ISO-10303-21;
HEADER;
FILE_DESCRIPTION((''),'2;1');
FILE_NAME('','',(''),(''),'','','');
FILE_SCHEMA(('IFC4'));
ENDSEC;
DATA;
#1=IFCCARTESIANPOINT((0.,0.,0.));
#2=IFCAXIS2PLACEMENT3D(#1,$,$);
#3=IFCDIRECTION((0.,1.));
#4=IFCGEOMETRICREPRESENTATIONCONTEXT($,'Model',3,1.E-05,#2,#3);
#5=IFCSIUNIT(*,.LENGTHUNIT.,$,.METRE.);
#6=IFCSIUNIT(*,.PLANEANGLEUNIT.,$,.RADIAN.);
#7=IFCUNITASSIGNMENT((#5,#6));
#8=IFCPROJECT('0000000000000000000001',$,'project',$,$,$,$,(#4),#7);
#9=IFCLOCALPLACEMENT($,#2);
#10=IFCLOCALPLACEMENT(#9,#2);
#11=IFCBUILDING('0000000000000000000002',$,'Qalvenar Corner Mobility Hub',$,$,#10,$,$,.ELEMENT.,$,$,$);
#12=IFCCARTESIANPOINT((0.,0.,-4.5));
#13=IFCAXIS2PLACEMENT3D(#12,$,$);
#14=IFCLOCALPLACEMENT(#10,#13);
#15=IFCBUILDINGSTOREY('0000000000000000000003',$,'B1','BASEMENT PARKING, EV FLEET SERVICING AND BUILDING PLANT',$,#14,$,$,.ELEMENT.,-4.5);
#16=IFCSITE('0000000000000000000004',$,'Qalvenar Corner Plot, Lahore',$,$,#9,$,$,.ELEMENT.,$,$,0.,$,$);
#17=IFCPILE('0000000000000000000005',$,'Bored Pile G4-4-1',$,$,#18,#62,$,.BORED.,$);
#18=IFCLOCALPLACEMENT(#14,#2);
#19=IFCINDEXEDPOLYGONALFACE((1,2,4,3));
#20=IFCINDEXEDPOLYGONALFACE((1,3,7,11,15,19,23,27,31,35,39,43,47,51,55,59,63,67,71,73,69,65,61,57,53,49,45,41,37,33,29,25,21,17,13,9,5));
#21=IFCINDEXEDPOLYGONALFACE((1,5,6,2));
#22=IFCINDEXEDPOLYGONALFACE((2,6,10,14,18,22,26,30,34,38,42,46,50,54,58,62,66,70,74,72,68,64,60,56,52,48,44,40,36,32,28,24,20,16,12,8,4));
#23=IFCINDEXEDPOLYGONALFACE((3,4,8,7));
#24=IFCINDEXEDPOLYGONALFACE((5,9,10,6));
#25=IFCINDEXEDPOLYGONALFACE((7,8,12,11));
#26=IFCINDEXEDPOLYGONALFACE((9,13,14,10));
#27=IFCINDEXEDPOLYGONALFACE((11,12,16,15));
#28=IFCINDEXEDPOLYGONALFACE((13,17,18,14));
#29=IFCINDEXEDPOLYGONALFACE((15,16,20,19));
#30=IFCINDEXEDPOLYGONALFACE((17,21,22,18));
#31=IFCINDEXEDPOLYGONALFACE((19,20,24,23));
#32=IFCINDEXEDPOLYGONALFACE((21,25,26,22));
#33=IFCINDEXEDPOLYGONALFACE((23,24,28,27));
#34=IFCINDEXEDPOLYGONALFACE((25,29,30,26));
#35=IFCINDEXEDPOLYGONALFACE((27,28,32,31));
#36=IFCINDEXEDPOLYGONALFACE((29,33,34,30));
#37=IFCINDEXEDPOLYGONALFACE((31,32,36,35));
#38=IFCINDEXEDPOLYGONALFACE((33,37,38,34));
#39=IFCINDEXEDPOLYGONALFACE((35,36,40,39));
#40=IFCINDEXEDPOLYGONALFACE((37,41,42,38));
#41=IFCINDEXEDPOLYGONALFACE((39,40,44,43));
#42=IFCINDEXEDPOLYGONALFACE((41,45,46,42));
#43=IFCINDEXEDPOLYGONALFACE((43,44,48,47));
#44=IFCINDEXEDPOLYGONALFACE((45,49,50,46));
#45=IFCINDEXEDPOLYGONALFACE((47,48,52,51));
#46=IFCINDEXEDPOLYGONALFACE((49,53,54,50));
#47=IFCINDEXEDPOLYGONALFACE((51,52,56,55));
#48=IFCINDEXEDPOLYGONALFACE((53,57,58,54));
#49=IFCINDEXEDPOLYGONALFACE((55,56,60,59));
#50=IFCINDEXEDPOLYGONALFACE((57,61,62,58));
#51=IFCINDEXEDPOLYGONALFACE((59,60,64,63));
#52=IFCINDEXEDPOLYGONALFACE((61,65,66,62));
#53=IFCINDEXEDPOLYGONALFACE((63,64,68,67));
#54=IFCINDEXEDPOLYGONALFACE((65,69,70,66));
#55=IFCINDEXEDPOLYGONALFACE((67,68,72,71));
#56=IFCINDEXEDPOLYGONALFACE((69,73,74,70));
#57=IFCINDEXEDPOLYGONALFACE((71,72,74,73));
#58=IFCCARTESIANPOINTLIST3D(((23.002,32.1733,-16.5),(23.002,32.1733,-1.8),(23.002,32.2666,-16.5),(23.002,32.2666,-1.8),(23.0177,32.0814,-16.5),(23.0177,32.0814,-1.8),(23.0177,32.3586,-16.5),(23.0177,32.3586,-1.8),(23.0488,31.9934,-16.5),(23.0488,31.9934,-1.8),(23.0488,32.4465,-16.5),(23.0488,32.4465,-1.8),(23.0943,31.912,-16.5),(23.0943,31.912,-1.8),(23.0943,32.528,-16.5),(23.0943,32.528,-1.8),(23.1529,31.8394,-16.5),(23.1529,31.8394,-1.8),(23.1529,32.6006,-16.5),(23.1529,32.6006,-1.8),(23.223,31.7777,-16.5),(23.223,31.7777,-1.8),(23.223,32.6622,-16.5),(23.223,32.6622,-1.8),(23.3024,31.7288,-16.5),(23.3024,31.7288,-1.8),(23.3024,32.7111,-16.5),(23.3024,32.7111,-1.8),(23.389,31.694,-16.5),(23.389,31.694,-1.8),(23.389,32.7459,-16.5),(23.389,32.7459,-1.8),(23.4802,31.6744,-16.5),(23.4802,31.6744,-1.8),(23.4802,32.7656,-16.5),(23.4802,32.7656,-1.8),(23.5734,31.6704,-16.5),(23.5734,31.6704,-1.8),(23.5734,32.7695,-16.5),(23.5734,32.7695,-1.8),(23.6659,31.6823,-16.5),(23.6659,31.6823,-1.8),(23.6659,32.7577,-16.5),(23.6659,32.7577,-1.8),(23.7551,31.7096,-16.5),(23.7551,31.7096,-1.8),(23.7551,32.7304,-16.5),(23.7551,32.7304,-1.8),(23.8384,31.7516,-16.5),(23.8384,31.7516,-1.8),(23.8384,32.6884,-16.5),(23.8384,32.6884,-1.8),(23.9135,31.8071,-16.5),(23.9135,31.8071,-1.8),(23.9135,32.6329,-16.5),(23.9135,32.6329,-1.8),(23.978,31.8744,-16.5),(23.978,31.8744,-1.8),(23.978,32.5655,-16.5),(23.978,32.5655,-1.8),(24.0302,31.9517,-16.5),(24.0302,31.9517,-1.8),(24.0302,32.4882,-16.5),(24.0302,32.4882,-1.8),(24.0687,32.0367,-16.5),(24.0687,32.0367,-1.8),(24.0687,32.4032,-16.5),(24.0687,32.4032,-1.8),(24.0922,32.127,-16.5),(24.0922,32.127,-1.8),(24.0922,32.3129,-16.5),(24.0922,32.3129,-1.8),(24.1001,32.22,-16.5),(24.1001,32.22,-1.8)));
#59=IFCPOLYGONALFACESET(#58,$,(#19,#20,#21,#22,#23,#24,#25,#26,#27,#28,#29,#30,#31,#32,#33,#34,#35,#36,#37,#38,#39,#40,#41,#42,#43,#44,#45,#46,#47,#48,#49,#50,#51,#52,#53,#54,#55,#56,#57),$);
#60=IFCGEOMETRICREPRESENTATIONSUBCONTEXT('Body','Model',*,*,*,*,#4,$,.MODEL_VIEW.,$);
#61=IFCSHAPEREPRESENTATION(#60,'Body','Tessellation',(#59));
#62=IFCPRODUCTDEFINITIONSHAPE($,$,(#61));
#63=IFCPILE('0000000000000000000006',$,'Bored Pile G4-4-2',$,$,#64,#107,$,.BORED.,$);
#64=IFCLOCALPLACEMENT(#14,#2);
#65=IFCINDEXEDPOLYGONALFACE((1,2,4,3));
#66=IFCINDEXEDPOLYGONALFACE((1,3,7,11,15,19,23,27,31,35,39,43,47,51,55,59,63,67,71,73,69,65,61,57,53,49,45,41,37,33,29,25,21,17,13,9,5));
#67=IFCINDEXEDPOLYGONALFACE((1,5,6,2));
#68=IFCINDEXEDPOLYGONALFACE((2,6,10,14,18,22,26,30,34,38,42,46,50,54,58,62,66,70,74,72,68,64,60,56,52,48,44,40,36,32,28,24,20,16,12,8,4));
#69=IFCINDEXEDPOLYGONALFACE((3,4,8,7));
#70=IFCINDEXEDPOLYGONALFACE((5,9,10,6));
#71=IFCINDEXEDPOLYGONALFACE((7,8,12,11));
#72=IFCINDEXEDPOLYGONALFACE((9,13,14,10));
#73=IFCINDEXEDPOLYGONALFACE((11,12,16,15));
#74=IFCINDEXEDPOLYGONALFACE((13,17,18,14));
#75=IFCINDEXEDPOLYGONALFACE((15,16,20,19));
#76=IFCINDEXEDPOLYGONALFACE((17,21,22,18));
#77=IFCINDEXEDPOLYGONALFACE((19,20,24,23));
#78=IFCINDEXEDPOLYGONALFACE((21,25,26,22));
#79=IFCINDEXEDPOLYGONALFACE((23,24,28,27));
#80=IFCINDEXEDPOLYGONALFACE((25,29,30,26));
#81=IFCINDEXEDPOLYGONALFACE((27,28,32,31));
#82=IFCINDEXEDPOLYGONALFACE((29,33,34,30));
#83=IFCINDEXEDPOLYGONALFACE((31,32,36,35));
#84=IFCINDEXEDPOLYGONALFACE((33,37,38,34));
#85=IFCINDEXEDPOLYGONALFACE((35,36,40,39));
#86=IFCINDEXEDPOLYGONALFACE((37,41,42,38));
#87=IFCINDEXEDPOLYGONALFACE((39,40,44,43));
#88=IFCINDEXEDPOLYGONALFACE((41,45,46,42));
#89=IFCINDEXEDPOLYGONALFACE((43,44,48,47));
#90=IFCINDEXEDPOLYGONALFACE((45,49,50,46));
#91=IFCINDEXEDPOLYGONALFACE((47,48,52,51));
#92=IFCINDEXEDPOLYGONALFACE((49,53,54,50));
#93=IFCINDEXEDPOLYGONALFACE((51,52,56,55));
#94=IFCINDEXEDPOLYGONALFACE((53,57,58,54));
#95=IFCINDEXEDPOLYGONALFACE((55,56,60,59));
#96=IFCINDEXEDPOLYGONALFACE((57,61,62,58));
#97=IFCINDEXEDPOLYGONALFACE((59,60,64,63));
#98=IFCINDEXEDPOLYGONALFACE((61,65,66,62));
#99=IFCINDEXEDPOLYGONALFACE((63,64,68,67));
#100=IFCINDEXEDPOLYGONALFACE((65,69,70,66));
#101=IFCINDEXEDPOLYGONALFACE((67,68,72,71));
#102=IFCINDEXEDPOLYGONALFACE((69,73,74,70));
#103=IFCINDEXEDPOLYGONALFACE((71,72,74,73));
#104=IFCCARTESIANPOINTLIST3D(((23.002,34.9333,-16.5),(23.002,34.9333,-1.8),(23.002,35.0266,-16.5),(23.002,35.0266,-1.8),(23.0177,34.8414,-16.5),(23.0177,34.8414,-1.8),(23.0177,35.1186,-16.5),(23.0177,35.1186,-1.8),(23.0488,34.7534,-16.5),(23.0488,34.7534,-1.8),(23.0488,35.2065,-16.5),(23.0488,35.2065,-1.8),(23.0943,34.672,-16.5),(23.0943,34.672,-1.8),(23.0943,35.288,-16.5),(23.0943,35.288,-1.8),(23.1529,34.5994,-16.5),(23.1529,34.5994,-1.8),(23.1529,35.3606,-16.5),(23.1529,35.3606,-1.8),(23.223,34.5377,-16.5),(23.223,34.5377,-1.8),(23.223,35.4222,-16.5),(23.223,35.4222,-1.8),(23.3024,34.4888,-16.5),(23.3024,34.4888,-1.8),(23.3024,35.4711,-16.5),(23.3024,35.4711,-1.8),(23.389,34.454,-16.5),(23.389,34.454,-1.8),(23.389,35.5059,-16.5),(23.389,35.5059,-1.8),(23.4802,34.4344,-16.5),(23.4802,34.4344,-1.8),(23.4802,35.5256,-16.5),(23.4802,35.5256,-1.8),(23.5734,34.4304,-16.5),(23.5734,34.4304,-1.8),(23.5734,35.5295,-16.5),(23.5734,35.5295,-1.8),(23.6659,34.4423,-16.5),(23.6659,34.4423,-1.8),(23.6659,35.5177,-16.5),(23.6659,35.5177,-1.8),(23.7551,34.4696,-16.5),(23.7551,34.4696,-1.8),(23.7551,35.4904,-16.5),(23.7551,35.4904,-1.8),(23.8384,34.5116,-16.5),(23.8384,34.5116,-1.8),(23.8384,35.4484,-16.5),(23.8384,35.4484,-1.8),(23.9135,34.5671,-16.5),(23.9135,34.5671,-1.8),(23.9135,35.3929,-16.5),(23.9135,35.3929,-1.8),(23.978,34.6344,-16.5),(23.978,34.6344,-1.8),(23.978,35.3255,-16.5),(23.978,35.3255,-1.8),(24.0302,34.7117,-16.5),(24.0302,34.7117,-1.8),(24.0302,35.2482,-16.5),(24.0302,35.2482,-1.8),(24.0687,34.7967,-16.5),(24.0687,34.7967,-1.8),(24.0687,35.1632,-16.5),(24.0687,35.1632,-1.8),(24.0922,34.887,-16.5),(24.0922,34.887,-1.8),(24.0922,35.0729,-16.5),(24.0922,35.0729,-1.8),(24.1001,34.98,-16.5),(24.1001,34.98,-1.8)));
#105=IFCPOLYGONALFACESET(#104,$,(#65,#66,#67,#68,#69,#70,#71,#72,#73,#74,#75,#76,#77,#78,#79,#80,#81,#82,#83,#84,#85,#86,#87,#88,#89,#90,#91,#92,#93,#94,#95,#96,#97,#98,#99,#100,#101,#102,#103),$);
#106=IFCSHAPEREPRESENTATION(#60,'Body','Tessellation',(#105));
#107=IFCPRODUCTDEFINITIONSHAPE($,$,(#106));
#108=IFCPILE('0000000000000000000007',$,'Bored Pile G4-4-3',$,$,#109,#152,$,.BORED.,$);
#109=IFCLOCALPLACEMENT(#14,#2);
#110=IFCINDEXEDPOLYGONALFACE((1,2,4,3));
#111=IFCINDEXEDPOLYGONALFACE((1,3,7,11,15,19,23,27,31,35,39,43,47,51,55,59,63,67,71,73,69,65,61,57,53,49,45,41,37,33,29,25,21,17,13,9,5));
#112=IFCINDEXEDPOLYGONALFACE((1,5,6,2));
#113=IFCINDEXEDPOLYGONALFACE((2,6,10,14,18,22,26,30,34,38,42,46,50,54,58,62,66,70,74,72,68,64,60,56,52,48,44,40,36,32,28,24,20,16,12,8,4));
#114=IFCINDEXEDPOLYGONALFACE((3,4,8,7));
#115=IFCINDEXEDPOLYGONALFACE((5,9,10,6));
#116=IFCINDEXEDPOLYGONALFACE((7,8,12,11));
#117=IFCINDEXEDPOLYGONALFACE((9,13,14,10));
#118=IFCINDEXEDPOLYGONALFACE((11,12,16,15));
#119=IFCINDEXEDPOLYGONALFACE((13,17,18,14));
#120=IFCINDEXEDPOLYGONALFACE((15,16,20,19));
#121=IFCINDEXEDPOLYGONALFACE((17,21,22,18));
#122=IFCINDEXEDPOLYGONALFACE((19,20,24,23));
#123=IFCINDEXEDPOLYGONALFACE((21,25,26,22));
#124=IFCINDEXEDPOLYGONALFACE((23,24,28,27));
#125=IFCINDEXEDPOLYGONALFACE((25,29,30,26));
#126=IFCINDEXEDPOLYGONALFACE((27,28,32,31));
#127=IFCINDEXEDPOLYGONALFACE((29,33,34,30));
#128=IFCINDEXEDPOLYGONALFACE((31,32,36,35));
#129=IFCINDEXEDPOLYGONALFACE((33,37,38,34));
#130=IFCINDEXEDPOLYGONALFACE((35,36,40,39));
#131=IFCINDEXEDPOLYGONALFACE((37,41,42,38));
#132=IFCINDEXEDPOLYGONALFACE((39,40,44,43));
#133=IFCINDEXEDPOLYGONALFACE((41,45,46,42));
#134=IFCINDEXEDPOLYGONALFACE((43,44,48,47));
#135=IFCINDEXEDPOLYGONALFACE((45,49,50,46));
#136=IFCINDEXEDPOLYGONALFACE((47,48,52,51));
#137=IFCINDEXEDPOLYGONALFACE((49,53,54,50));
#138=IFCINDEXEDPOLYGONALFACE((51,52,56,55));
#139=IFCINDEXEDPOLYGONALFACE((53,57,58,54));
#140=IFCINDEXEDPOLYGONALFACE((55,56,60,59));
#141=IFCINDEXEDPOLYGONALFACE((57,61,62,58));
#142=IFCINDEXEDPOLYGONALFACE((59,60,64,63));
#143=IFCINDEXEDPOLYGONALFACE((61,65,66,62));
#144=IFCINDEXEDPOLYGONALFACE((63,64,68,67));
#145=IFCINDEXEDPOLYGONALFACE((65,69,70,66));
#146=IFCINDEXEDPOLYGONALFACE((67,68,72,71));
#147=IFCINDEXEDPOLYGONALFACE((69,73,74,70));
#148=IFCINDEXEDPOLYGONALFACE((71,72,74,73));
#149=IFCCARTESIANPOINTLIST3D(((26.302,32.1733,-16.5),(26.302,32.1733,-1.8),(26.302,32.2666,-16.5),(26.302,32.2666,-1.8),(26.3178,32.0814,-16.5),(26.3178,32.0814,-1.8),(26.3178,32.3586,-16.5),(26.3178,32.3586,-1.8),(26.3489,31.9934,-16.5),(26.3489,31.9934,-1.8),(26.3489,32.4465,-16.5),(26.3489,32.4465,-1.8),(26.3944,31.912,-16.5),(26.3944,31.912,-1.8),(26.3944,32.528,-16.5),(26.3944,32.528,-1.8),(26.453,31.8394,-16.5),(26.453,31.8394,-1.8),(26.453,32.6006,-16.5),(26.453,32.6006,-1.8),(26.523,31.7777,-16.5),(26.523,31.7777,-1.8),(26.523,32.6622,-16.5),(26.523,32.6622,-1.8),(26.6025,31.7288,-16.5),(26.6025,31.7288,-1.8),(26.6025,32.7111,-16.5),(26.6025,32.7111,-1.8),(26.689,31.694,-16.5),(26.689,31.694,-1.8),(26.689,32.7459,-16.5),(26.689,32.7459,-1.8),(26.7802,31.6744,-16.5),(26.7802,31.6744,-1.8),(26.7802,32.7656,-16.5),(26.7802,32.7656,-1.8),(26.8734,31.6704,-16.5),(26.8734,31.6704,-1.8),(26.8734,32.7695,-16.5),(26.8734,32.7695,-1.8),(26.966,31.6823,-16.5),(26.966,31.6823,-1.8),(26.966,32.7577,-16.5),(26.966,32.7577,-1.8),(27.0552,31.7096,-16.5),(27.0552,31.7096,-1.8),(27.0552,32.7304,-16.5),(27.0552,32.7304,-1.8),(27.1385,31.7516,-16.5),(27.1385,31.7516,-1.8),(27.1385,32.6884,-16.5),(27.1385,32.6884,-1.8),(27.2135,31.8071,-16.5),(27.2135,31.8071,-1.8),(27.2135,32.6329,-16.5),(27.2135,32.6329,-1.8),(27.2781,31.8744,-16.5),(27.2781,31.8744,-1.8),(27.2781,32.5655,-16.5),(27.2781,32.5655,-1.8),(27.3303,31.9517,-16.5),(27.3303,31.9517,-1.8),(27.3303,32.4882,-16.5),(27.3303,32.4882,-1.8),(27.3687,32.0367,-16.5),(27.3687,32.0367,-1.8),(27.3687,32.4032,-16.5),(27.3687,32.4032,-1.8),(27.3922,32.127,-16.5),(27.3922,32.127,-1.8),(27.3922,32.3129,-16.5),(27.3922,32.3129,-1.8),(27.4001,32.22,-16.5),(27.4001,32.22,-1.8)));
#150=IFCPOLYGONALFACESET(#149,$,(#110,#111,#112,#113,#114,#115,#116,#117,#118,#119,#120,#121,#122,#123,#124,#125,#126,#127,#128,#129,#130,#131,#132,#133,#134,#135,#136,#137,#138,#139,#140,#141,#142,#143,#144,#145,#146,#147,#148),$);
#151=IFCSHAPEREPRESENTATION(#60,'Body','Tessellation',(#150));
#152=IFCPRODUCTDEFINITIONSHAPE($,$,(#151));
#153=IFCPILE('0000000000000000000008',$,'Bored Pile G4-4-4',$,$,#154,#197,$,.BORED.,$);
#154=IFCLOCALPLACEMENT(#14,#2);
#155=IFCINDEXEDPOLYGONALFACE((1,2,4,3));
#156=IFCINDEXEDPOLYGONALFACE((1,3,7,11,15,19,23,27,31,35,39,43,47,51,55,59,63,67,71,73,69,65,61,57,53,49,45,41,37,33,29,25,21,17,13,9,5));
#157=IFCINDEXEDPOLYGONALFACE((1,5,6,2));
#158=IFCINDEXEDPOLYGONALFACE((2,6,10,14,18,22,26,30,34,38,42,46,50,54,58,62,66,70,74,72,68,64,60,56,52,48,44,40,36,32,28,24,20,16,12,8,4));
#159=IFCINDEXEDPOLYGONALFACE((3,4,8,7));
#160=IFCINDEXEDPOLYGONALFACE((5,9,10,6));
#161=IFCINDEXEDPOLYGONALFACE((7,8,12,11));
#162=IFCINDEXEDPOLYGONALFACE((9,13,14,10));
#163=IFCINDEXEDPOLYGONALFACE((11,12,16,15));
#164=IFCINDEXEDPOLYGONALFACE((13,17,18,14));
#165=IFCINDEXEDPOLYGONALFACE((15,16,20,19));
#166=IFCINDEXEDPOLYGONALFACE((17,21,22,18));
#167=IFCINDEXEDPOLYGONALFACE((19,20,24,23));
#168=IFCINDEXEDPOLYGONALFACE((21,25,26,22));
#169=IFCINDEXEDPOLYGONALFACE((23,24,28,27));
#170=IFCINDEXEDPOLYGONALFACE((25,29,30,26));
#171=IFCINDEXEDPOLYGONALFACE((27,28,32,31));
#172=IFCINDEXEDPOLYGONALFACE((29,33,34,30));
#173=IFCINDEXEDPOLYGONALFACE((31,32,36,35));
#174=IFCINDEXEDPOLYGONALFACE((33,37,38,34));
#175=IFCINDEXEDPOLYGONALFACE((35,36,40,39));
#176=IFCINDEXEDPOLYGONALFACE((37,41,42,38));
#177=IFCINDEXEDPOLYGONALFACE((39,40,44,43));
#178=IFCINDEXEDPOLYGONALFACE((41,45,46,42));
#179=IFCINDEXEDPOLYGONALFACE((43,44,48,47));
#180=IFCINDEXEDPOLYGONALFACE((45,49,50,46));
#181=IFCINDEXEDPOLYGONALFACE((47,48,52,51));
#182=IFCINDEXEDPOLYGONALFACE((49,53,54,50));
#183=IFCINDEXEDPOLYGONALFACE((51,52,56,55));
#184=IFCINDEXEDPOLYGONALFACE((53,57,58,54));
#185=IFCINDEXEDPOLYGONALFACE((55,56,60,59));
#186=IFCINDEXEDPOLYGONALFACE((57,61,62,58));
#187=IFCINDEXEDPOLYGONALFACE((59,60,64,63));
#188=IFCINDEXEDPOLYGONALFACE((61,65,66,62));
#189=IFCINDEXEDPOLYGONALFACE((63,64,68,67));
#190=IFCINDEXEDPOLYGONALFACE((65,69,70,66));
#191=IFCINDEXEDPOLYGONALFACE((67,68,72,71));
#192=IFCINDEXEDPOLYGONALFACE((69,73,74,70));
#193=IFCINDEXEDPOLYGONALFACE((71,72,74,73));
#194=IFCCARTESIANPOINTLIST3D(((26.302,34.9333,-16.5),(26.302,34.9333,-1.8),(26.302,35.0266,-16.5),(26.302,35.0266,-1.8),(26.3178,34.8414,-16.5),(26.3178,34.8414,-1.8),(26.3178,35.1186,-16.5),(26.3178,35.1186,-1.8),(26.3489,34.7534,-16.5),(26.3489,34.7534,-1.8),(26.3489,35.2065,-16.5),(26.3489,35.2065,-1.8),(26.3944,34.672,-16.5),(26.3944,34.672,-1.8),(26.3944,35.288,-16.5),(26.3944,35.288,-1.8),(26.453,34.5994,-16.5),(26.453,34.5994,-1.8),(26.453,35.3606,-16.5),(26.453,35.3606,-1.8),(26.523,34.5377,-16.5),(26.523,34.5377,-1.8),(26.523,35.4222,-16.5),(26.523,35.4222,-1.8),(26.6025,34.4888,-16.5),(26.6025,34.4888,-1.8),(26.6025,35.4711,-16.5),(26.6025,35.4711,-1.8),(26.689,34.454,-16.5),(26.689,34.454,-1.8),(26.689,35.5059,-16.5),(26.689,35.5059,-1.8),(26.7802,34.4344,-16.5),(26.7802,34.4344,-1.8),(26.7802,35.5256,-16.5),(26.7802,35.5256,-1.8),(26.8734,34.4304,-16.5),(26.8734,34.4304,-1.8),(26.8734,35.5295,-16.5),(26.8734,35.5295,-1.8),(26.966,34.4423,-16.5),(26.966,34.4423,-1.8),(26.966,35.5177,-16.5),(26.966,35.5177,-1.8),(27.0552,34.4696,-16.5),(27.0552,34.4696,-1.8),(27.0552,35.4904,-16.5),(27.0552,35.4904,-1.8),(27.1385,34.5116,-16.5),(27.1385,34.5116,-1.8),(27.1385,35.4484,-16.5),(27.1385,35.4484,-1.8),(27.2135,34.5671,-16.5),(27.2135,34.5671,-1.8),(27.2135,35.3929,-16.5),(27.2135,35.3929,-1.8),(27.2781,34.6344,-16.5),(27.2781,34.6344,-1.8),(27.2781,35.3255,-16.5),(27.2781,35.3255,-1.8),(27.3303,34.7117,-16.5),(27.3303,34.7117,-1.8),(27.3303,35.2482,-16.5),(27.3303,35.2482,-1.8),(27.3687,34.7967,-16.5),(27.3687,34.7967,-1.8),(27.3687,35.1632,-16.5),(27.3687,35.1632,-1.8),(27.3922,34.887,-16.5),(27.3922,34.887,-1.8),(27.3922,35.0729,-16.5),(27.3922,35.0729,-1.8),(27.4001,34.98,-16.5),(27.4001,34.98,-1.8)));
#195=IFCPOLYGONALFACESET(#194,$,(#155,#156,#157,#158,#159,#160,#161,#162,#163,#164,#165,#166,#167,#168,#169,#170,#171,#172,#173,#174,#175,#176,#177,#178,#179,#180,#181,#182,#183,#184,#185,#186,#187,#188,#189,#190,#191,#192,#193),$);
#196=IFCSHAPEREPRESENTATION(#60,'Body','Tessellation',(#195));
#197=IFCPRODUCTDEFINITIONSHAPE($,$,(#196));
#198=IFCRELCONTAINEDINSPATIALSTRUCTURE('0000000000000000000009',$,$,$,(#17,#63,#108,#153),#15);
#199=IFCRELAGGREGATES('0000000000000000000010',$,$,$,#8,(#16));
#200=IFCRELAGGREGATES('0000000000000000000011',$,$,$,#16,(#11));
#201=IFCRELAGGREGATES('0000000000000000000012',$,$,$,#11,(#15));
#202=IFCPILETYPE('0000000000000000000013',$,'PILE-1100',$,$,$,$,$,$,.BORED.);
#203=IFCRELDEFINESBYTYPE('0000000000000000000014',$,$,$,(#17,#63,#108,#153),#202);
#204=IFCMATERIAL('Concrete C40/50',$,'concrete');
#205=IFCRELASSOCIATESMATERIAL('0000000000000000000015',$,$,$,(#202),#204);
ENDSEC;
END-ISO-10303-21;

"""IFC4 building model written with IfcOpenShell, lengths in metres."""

from ifc_helpers import new_model, si_unit, direction, frame, origin, origin_2d, place, context, subcontext, project, spatial, circle, extrude, material, material_profile, profile_set, type_object, element, save


model = new_model("IFC4")

# Units and contexts
model_context = context("Model", 3, precision=1e-05, world=origin(), true_north=direction((0.0, 1.0)))
body_context = subcontext(model_context, "Body", "Model", "MODEL_VIEW")
ifc_project = project(units=[si_unit("LENGTHUNIT", "METRE"), si_unit("PLANEANGLEUNIT", "RADIAN")], contexts=[model_context])

# Site, building, storey
site_placement = place(None, origin())
site = spatial("IfcSite", under=ifc_project, at=site_placement, Name="Qalvenar Corner Plot, Lahore", CompositionType="ELEMENT", RefElevation=0.0)
building_placement = place(site_placement, origin())
building = spatial("IfcBuilding", under=site, at=building_placement, Name="Qalvenar Corner Mobility Hub", CompositionType="ELEMENT")
storey_placement = place(building_placement, frame((0.0, 0.0, -4.5)))
storey = spatial("IfcBuildingStorey", under=building, at=storey_placement, Name="B1", Description="BASEMENT PARKING, EV FLEET SERVICING AND BUILDING PLANT", CompositionType="ELEMENT", Elevation=-4.5)

# Shared definitions
ifc_material_1 = material(Name="Concrete C40/50", Category="concrete")

# Piles
ifc_material_profile_1 = material_profile(ifc_material_1, circle(Radius=0.55, at=origin_2d()), Name="DIA1100")
ifc_profile_set_1 = profile_set([ifc_material_profile_1], Name="Concrete C40/50")
pile_type = type_object("IfcPileType", Name="PILE-1100", PredefinedType="BORED", material=ifc_profile_set_1)
for number, where, z_axis, x_axis, name in (
    (1, (23.55, 32.22, -1.8), (0.0, 0.0, -1.0), (1.0, 0.0, 0.0), "Bored Pile G4-4-1"),
    (2, (23.55, 34.98, -1.8), (0.0, 0.0, -1.0), (1.0, 0.0, 0.0), "Bored Pile G4-4-2"),
    (3, (26.8501, 32.22, -1.8), (0.0, 0.0, -1.0), (1.0, 0.0, 0.0), "Bored Pile G4-4-3"),
    (4, (26.8501, 34.98, -1.8), (0.0, 0.0, -1.0), (1.0, 0.0, 0.0), "Bored Pile G4-4-4"),
):
    element("IfcPile", number, at=place(storey_placement, frame(where, z_axis=z_axis, x_axis=x_axis)), inside=storey, type_object=pile_type, Name=name, PredefinedType="BORED", context=body_context, shape_type="SweptSolid", body=[
        extrude(circle(Radius=0.55, at=origin_2d()), origin(), (0.0, 0.0, 1.0), 14.7),
    ])

save(model, "model.ifc")
